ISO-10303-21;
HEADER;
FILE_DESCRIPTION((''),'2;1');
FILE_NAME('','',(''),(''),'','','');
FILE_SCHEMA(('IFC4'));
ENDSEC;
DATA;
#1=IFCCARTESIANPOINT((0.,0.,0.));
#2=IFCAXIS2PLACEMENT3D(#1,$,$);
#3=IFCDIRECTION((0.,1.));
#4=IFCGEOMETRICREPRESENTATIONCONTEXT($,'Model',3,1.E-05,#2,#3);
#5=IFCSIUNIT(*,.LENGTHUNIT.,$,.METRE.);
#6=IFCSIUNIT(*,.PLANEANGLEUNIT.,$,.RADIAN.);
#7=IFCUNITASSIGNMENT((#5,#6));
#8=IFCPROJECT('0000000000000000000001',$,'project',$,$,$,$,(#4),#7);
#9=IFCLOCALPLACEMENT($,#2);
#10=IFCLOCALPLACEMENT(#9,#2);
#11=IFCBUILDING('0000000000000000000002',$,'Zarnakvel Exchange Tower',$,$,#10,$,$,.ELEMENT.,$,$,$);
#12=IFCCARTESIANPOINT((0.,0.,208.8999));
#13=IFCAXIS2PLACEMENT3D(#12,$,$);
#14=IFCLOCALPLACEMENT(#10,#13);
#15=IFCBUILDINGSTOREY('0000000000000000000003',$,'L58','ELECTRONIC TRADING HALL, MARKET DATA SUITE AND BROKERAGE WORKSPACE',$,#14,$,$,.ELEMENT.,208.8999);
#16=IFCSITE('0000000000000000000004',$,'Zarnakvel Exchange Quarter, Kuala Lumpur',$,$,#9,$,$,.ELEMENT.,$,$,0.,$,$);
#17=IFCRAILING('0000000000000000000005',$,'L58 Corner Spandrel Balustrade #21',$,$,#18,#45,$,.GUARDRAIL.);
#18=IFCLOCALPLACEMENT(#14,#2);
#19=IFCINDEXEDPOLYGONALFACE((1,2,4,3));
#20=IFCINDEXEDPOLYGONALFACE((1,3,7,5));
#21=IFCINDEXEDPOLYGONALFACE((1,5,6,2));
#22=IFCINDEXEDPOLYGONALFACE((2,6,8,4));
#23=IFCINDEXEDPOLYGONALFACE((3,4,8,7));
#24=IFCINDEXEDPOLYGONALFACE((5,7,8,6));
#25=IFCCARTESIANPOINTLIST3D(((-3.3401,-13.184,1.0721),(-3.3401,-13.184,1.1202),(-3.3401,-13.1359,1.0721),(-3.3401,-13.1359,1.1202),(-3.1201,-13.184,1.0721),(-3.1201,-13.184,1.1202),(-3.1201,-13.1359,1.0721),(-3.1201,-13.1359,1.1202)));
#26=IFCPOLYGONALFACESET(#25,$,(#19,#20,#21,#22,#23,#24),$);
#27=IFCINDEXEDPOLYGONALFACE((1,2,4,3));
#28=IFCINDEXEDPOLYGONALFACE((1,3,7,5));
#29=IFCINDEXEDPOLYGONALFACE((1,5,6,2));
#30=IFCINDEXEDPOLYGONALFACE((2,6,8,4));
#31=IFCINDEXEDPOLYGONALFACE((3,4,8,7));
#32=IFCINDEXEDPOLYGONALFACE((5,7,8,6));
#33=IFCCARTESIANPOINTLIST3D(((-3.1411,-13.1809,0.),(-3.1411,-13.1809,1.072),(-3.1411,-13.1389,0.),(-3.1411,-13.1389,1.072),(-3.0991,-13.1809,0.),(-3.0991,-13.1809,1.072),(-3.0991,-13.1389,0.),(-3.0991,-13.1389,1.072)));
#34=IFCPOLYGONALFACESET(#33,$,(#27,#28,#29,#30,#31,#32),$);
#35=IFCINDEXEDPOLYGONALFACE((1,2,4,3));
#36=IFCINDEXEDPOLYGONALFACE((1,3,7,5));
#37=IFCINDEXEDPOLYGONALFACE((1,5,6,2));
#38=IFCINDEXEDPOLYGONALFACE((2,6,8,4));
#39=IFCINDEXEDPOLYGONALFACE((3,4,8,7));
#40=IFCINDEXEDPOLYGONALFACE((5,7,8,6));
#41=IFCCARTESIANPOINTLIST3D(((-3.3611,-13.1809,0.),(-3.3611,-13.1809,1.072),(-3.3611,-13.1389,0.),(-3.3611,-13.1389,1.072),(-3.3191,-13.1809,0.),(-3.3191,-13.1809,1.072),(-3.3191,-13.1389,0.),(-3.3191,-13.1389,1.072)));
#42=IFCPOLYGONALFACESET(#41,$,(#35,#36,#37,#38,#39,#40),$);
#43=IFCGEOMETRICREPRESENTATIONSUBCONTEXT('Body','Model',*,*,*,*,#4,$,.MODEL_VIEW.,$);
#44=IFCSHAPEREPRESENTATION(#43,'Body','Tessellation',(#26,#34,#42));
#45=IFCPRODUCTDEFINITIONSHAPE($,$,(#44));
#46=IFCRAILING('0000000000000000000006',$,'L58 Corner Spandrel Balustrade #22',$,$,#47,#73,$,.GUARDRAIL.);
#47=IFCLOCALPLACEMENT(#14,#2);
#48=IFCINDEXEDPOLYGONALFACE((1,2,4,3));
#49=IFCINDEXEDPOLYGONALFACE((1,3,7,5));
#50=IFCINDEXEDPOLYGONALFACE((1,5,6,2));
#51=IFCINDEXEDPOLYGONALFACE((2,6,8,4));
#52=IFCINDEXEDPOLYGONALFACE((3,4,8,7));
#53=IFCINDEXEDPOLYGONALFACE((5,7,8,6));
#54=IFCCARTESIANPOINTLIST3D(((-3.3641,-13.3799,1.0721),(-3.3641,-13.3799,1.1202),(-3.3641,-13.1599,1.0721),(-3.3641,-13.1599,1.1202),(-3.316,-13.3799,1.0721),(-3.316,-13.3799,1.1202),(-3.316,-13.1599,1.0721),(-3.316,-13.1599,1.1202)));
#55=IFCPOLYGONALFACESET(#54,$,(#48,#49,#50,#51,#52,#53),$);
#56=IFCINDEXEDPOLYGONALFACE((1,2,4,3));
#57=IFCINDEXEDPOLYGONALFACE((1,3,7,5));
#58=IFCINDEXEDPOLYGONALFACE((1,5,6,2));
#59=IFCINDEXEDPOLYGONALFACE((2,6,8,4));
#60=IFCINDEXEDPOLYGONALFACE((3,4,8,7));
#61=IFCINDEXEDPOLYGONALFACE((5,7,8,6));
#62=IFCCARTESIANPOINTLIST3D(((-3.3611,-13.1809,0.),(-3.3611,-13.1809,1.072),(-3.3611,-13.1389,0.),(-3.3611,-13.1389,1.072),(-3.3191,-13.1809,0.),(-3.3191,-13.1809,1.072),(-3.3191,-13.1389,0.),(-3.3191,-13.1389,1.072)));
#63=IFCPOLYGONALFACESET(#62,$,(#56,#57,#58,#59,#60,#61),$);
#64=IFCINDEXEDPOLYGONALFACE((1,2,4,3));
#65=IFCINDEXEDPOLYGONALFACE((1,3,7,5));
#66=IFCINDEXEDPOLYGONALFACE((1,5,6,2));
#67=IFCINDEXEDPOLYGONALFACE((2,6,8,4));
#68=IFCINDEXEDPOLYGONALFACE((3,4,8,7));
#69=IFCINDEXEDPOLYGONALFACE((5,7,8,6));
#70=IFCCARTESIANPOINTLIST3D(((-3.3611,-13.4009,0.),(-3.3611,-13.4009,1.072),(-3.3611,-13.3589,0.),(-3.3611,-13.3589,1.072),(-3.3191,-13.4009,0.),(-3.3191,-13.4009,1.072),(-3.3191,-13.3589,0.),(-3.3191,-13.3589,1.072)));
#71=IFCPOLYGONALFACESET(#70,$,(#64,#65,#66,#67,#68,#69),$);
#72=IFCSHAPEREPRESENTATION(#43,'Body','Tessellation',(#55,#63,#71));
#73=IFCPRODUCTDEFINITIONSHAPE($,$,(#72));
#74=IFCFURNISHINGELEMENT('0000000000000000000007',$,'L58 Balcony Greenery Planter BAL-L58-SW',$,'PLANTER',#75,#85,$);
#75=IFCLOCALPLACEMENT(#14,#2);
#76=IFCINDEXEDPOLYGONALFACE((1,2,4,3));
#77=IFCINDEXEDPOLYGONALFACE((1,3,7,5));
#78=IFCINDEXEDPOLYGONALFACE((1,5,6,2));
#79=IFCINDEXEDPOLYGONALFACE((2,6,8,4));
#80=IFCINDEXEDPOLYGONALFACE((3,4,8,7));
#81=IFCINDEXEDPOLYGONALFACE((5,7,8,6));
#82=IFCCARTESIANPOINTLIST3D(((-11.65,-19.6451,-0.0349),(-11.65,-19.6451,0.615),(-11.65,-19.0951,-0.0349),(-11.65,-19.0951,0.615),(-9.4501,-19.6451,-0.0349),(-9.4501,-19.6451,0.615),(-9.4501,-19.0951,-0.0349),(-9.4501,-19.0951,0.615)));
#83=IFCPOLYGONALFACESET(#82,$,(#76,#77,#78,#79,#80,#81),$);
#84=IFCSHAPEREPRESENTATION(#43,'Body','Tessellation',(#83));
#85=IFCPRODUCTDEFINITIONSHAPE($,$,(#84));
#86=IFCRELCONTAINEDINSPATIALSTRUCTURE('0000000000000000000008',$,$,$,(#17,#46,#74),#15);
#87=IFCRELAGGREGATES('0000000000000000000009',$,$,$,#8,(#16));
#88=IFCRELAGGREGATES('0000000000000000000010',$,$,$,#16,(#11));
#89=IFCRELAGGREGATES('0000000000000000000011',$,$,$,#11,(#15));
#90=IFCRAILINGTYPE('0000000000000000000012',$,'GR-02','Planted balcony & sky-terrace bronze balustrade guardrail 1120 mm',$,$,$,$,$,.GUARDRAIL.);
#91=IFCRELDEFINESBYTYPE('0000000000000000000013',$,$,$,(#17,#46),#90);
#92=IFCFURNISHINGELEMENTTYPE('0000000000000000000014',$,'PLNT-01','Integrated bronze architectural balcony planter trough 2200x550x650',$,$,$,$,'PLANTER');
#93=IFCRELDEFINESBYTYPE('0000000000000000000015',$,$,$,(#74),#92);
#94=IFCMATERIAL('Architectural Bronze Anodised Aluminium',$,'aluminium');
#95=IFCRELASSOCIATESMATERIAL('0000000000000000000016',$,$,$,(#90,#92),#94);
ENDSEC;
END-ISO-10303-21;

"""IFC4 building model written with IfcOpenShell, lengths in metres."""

from ifc_helpers import new_model, si_unit, direction, frame, origin, origin_2d, place, context, subcontext, project, spatial, rectangle, extrude, source, transform, mapped, material, type_object, element, save


model = new_model("IFC4")

# Units and contexts
model_context = context("Model", 3, precision=1e-05, world=origin(), true_north=direction((0.0, 1.0)))
body_context = subcontext(model_context, "Body", "Model", "MODEL_VIEW")
ifc_project = project(units=[si_unit("LENGTHUNIT", "METRE"), si_unit("PLANEANGLEUNIT", "RADIAN")], contexts=[model_context])

# Site, building, storey
site_placement = place(None, origin())
site = spatial("IfcSite", under=ifc_project, at=site_placement, Name="Zarnakvel Exchange Quarter, Kuala Lumpur", CompositionType="ELEMENT", RefElevation=0.0)
building_placement = place(site_placement, origin())
building = spatial("IfcBuilding", under=site, at=building_placement, Name="Zarnakvel Exchange Tower", CompositionType="ELEMENT")
storey_placement = place(building_placement, frame((0.0, 0.0, 208.8999)))
storey = spatial("IfcBuildingStorey", under=building, at=storey_placement, Name="L58", Description="ELECTRONIC TRADING HALL, MARKET DATA SUITE AND BROKERAGE WORKSPACE", CompositionType="ELEMENT", Elevation=208.8999)

# Shared definitions
ifc_material_1 = material(Name="Architectural Bronze Anodised Aluminium", Category="aluminium")

# Railings
railing_type = type_object("IfcRailingType", Name="GR-02", Description="Planted balcony & sky-terrace bronze balustrade guardrail 1120 mm", PredefinedType="GUARDRAIL", material=ifc_material_1)
railing_1_placement = place(storey_placement, frame((-3.1201, -13.1599, 0.0)))
element("IfcRailing", 1, at=railing_1_placement, inside=storey, type_object=railing_type, Name="L58 Corner Spandrel Balustrade #21", PredefinedType="GUARDRAIL", context=body_context, shape_type="SweptSolid", body=[
    extrude(rectangle(XDim=0.0481, YDim=0.0481, at=origin_2d()), frame((0.0, 0.0, 1.0962), z_axis=(-1.0, 0.0, 0.0), x_axis=(0.0, -1.0, 0.0)), (0.0, 0.0, 1.0), 0.22),
    extrude(rectangle(XDim=0.042, YDim=0.042, at=origin_2d()), origin(), (0.0, 0.0, 1.0), 1.072),
    extrude(rectangle(XDim=0.042, YDim=0.042, at=origin_2d()), frame((-0.22, 0.0, 0.0)), (0.0, 0.0, 1.0), 1.072),
])
railing_2_placement = place(storey_placement, frame((-3.3401, -13.1599, 0.0)))
element("IfcRailing", 2, at=railing_2_placement, inside=storey, type_object=railing_type, Name="L58 Corner Spandrel Balustrade #22", PredefinedType="GUARDRAIL", context=body_context, shape_type="SweptSolid", body=[
    extrude(rectangle(XDim=0.0481, YDim=0.0481, at=origin_2d()), frame((0.0, 0.0, 1.0962), z_axis=(0.0, -1.0, 0.0), x_axis=(1.0, 0.0, 0.0)), (0.0, 0.0, 1.0), 0.22),
    extrude(rectangle(XDim=0.042, YDim=0.042, at=origin_2d()), origin(), (0.0, 0.0, 1.0), 1.072),
    extrude(rectangle(XDim=0.042, YDim=0.042, at=origin_2d()), frame((0.0, -0.22, 0.0)), (0.0, 0.0, 1.0), 1.072),
])

# Furnishing element
furnishing_element_type = type_object("IfcFurnishingElementType", Name="PLNT-01", Description="Integrated bronze architectural balcony planter trough 2200x550x650", ElementType="PLANTER", material=ifc_material_1)
shared_shape_1 = source(origin(), body_context, "Body", "SweptSolid", [
    extrude(rectangle(XDim=2.2, YDim=0.55, at=origin_2d()), origin(), (0.0, 0.0, 1.0), 0.6499),
])
furnishing_placement = place(storey_placement, frame((-10.55, -19.3701, -0.0349), z_axis=(0.0, 0.0, 1.0), x_axis=(1.0, 0.0, 0.0)))
element("IfcFurnishingElement", 3, at=furnishing_placement, inside=storey, type_object=furnishing_element_type, Name="L58 Balcony Greenery Planter BAL-L58-SW", ObjectType="PLANTER", context=body_context, shape_type="MappedRepresentation", body=[
    mapped(shared_shape_1, transform((0.0, 0.0, 0.0), x_axis=(1.0, 0.0, 0.0), y_axis=(0.0, 1.0, 0.0), z_axis=(0.0, 0.0, 1.0), scale=1.0)),
])

save(model, "model.ifc")
